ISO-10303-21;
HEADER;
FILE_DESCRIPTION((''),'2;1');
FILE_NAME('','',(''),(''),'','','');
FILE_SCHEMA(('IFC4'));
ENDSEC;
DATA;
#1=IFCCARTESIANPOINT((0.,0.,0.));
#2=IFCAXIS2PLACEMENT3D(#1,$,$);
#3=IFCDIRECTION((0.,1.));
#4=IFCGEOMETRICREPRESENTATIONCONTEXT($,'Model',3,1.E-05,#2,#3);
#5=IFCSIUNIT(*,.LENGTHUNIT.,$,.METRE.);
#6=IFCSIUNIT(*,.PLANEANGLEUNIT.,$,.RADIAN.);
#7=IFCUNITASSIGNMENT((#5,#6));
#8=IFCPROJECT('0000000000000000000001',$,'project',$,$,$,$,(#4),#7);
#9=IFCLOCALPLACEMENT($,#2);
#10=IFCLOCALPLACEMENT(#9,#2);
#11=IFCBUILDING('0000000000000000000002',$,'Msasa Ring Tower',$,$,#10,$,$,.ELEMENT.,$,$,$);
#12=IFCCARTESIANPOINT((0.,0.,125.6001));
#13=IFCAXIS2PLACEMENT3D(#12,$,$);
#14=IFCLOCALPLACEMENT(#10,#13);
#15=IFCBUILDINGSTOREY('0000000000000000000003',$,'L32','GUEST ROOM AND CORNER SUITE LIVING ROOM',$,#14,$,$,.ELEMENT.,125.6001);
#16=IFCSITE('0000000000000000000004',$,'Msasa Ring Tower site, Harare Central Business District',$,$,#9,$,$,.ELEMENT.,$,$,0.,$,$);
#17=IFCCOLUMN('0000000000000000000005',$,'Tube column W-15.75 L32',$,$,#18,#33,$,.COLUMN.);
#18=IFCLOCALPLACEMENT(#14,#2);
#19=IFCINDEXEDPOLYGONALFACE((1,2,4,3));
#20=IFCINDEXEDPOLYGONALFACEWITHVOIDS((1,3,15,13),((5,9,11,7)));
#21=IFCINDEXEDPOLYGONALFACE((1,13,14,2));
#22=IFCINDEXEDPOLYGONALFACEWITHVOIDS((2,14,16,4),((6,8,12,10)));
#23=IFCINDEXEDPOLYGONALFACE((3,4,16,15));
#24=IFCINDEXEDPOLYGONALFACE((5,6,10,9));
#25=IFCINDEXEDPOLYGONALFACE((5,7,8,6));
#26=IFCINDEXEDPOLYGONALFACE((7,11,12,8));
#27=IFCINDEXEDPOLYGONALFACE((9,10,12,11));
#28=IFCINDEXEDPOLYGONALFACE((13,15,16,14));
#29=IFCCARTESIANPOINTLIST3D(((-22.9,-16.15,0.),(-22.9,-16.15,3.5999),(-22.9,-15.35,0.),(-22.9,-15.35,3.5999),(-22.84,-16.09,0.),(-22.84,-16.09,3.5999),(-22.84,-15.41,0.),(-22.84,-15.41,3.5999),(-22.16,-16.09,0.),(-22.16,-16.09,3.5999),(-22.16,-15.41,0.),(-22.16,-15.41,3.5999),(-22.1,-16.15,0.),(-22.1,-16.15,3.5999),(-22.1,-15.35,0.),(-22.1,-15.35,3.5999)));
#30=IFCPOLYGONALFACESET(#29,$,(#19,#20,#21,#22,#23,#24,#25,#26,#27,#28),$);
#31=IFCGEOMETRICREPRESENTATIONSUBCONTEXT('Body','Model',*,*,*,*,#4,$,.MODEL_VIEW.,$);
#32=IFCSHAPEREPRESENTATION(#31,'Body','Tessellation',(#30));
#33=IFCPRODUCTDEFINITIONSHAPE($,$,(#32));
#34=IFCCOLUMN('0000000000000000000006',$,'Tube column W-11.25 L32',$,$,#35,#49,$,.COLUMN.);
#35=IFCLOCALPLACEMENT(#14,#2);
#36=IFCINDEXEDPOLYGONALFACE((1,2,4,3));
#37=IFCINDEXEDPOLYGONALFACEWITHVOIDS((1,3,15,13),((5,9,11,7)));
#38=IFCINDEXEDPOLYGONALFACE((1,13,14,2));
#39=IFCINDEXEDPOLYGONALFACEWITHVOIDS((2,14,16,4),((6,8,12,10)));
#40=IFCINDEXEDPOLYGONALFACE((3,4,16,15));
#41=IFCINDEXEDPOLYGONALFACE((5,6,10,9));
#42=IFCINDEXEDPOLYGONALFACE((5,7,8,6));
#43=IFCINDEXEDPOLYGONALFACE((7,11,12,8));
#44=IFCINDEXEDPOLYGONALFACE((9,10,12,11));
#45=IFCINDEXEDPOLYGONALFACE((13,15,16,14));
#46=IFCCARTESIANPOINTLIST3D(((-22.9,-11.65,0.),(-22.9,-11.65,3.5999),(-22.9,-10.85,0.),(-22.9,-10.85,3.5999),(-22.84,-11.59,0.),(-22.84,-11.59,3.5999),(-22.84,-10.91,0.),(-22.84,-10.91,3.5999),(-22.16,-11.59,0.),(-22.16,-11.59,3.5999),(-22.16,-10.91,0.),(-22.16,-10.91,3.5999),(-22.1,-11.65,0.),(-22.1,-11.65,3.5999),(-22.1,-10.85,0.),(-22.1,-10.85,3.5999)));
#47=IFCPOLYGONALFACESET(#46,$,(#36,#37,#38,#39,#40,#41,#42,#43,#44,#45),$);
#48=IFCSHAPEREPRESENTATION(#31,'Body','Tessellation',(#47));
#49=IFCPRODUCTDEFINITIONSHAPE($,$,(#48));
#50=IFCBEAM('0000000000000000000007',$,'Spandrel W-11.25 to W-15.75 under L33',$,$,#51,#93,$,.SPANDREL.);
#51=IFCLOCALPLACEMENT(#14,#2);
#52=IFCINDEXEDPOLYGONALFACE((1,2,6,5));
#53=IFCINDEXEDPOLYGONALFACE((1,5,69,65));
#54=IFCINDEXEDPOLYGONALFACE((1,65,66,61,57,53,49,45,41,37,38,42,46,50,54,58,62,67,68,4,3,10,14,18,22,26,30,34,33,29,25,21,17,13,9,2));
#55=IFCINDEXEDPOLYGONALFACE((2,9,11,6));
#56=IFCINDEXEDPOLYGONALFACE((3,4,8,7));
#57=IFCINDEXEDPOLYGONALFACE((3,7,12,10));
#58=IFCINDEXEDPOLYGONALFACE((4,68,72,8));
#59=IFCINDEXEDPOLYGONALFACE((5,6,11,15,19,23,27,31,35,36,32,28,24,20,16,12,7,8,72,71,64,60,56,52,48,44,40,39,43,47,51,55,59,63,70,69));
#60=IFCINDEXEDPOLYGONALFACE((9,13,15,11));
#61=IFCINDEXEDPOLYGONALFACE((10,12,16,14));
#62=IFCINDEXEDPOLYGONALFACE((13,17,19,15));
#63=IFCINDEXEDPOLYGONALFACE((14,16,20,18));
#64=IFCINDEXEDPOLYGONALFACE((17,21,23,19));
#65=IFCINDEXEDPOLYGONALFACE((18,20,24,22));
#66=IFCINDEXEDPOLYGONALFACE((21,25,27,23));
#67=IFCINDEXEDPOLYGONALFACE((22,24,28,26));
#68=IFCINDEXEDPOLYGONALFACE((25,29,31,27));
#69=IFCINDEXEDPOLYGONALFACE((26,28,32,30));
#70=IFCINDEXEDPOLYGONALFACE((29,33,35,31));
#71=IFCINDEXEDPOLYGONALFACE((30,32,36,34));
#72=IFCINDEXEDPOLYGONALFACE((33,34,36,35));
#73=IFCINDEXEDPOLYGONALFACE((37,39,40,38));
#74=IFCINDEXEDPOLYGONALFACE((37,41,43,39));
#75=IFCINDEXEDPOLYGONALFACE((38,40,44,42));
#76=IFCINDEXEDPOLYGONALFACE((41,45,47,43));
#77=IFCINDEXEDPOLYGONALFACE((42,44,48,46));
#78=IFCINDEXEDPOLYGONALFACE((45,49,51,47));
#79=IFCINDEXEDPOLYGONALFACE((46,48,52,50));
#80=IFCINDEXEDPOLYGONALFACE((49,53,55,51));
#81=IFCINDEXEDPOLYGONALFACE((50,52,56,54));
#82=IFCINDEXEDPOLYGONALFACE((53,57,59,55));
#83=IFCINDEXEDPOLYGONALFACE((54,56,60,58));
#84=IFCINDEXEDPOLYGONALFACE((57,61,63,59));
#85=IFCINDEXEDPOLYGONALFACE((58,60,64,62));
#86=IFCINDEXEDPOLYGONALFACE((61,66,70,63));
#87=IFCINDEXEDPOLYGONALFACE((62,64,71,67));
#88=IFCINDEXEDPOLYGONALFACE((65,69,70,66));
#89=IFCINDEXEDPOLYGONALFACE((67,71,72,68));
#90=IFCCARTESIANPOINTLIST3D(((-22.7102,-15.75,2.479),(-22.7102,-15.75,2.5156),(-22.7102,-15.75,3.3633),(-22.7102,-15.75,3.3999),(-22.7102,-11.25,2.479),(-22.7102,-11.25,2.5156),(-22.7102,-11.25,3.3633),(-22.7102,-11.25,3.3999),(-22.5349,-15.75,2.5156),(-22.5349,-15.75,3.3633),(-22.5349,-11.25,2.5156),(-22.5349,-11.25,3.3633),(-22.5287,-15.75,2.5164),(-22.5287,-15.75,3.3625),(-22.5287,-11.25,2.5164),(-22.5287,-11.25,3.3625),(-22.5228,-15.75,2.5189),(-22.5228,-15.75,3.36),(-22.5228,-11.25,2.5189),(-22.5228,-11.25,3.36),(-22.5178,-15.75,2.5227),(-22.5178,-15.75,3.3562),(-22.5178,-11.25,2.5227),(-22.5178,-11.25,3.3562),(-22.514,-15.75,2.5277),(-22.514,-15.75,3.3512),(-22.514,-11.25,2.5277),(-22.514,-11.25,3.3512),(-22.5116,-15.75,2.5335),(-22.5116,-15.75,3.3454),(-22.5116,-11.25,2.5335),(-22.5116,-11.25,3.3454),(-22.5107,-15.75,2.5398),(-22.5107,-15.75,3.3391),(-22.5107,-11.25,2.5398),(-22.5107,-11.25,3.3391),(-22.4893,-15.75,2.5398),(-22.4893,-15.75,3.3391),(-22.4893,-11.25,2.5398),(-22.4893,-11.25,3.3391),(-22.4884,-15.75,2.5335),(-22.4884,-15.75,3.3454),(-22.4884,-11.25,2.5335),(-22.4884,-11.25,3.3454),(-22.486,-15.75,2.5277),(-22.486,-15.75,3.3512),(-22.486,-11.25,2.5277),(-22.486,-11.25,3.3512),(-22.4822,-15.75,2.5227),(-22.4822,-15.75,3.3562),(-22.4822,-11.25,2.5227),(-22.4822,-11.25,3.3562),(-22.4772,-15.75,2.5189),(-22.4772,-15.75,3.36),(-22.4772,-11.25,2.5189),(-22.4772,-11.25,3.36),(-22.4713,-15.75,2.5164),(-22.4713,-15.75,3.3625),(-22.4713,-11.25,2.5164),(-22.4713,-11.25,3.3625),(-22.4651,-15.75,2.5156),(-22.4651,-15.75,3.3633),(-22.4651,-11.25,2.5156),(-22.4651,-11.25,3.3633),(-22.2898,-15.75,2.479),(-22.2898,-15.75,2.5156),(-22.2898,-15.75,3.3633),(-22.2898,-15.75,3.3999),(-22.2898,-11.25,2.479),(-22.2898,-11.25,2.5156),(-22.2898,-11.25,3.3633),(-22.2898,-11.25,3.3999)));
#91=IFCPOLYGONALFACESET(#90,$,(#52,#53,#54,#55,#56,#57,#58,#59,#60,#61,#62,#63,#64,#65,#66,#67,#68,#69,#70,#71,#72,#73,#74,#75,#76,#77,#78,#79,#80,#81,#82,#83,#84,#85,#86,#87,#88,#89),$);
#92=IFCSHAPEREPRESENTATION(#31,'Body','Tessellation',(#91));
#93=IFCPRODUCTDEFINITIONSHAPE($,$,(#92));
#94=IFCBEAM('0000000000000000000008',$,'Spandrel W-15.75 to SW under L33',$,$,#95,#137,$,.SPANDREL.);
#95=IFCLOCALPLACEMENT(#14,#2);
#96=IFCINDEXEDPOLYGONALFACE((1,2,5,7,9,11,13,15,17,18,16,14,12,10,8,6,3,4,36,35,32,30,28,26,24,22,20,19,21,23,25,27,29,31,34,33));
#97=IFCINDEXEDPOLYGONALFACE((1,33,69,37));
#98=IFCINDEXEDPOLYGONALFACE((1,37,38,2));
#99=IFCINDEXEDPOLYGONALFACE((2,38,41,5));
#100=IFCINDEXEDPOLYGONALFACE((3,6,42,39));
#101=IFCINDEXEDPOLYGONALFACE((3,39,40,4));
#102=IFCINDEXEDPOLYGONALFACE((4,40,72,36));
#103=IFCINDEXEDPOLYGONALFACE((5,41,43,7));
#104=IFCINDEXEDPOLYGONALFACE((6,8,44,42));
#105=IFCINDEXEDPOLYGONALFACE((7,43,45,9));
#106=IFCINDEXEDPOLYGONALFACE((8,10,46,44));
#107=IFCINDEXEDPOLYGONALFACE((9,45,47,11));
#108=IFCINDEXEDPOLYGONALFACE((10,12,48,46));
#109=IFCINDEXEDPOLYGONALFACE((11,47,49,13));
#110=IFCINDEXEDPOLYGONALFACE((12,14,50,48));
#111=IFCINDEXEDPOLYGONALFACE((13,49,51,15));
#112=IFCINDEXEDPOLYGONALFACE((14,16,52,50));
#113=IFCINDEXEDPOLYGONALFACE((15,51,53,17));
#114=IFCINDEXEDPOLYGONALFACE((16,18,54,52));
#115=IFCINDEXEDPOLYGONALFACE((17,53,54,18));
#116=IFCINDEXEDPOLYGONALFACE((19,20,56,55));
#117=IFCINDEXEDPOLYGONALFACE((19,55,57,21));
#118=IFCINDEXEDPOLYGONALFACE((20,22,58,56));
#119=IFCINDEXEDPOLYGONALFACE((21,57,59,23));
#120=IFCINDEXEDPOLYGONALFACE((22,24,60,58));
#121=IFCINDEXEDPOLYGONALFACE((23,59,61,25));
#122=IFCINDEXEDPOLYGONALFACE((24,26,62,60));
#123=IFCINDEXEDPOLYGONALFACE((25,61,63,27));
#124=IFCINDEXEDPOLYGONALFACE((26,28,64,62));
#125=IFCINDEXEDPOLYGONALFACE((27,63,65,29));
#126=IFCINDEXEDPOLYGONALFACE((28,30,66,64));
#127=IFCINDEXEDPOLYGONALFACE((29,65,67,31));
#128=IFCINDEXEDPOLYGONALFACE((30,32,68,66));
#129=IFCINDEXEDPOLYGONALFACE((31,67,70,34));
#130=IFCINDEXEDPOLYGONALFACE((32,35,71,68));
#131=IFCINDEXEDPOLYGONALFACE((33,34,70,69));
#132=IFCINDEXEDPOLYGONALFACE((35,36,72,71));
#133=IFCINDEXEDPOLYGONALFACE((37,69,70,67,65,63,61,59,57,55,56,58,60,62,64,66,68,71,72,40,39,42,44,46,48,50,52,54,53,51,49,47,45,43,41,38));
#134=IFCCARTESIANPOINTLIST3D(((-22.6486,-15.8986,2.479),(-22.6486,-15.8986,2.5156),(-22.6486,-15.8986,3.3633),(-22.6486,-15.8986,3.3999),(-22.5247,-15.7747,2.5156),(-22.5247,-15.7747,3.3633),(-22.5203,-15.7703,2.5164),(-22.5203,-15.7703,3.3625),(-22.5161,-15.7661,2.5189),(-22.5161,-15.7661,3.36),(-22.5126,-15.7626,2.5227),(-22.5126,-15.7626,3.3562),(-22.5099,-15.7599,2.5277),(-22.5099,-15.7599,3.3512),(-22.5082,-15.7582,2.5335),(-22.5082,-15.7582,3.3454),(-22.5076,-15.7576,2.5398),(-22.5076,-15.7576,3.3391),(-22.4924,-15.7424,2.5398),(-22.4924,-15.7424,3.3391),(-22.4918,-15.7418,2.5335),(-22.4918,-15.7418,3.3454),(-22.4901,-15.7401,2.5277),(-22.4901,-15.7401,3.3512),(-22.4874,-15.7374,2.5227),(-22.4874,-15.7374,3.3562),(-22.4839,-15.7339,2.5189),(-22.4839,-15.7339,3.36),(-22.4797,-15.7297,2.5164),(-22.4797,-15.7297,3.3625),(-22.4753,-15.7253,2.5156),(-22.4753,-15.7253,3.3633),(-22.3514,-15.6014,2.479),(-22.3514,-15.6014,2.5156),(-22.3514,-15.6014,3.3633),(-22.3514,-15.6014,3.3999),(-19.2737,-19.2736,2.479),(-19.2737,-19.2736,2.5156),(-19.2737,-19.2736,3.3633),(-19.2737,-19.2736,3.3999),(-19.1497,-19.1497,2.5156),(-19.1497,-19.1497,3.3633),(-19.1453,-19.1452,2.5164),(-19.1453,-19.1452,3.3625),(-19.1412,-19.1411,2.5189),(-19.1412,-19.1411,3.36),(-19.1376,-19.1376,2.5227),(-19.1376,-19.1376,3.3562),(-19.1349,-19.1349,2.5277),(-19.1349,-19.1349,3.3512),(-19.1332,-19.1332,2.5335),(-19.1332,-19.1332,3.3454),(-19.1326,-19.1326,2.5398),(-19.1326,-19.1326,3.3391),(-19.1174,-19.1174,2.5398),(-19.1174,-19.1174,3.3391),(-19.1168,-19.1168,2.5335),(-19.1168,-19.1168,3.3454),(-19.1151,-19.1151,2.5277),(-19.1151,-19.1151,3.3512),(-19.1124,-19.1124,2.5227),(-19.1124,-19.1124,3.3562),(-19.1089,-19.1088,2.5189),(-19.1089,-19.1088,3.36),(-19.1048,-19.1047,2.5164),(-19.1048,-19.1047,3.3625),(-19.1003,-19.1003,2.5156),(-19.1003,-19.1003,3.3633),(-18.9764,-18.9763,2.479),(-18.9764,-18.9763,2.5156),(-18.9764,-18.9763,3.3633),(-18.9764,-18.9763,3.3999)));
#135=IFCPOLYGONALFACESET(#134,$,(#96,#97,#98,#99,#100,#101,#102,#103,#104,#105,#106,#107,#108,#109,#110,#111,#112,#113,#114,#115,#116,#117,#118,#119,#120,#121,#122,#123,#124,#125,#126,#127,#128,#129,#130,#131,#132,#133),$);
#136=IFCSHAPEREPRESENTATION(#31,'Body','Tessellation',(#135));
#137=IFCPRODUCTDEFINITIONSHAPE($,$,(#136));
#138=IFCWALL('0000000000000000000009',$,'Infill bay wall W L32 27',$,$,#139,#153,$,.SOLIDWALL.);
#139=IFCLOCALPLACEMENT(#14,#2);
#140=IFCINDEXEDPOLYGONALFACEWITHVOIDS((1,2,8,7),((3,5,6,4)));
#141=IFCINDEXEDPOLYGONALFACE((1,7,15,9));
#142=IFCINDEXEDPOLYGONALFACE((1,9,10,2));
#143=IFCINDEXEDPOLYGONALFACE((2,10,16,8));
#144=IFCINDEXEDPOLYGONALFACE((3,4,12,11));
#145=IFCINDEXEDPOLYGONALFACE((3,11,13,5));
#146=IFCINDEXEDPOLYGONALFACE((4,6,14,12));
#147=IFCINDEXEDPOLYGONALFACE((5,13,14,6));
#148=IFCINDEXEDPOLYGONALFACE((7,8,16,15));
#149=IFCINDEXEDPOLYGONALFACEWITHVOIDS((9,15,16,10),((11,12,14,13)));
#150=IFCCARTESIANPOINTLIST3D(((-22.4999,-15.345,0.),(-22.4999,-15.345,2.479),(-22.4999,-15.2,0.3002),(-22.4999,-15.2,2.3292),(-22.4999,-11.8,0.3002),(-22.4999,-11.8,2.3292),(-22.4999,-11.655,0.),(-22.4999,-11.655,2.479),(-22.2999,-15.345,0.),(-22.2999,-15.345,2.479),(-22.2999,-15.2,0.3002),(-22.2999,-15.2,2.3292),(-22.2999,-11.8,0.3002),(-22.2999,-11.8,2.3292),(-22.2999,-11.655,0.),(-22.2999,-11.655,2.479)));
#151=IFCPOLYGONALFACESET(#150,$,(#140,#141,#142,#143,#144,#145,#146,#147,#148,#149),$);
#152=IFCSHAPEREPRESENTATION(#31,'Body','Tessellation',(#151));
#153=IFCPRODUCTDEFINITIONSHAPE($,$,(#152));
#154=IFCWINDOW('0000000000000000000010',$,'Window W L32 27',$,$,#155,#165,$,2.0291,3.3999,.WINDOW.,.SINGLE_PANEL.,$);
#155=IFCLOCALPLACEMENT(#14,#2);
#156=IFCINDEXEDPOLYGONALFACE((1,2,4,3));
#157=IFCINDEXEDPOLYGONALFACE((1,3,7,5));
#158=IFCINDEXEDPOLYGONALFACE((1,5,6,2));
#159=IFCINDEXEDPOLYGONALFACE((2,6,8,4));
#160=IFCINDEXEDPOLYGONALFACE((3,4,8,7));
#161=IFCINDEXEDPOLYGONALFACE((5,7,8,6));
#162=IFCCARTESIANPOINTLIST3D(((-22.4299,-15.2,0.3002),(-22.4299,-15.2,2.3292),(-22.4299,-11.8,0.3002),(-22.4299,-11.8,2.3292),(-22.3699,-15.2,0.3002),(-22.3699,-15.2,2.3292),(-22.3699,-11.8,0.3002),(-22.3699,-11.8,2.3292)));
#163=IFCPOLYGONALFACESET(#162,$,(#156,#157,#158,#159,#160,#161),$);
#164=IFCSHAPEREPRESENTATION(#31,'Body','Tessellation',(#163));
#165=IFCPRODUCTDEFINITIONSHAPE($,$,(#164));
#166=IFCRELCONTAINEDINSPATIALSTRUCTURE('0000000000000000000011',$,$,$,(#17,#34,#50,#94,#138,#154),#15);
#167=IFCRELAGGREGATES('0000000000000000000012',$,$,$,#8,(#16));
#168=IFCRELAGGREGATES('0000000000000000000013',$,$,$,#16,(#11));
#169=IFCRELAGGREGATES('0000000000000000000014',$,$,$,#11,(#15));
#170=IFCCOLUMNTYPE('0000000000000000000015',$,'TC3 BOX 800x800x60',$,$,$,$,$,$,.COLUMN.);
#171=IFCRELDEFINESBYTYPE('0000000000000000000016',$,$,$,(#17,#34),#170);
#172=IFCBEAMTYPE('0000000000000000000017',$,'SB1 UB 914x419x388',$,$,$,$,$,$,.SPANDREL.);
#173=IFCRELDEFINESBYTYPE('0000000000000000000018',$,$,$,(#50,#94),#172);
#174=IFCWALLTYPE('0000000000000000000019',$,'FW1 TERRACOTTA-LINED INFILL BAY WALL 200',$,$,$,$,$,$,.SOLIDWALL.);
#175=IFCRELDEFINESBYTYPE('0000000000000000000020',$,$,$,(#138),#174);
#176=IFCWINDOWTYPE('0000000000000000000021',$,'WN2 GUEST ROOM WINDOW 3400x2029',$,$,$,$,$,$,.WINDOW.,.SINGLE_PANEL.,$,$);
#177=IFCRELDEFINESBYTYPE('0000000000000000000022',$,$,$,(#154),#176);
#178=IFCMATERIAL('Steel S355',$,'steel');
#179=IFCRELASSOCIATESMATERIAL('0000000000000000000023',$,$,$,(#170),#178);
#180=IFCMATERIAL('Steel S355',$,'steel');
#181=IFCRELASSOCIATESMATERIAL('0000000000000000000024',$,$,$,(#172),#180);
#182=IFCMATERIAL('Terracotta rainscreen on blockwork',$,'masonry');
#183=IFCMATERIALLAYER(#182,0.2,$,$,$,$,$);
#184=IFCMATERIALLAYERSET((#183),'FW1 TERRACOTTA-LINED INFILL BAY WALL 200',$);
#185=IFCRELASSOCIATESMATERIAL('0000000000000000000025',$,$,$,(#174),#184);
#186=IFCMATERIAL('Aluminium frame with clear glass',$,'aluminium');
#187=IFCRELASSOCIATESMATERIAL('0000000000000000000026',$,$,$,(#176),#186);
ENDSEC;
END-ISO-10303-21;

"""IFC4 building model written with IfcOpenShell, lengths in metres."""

from ifc_helpers import new_model, si_unit, direction, frame, frame_2d, origin, origin_2d, place, context, subcontext, project, spatial, rectangle, hollow_rectangle, i_section, extrude, material, layer, layer_set, material_profile, profile_set, type_object, element, fill, save


model = new_model("IFC4")

# Units and contexts
model_context = context("Model", 3, precision=1e-05, world=origin(), true_north=direction((0.0, 1.0)))
body_context = subcontext(model_context, "Body", "Model", "MODEL_VIEW")
ifc_project = project(units=[si_unit("LENGTHUNIT", "METRE"), si_unit("PLANEANGLEUNIT", "RADIAN")], contexts=[model_context])

# Site, building, storey
site_placement = place(None, origin())
site = spatial("IfcSite", under=ifc_project, at=site_placement, Name="Msasa Ring Tower site, Harare Central Business District", CompositionType="ELEMENT", RefElevation=0.0)
building_placement = place(site_placement, origin())
building = spatial("IfcBuilding", under=site, at=building_placement, Name="Msasa Ring Tower", CompositionType="ELEMENT")
storey_placement = place(building_placement, frame((0.0, 0.0, 125.6001)))
storey = spatial("IfcBuildingStorey", under=building, at=storey_placement, Name="L32", Description="GUEST ROOM AND CORNER SUITE LIVING ROOM", CompositionType="ELEMENT", Elevation=125.6001)

# Columns
ifc_material_1 = material(Name="Steel S355", Category="steel")
ifc_material_profile_1 = material_profile(ifc_material_1, hollow_rectangle(XDim=0.8, YDim=0.8, WallThickness=0.0601, at=origin_2d()), Name="BOX 800x800x60")
ifc_profile_set_1 = profile_set([ifc_material_profile_1], Name="Steel S355")
column_type = type_object("IfcColumnType", Name="TC3 BOX 800x800x60", PredefinedType="COLUMN", material=ifc_profile_set_1)
for number, where, z_axis, x_axis, name in (
    (1, (-22.5, -15.75, 0.0), (0.0, 0.0, 1.0), (1.0, 0.0, 0.0), "Tube column W-15.75 L32"),
    (2, (-22.5, -11.25, 0.0), (0.0, 0.0, 1.0), (1.0, 0.0, 0.0), "Tube column W-11.25 L32"),
):
    element("IfcColumn", number, at=place(storey_placement, frame(where, z_axis=z_axis, x_axis=x_axis)), inside=storey, type_object=column_type, Name=name, PredefinedType="COLUMN", context=body_context, shape_type="SweptSolid", body=[
        extrude(hollow_rectangle(XDim=0.8, YDim=0.8, WallThickness=0.0601, at=origin_2d()), origin(), (0.0, 0.0, 1.0), 3.5999),
    ])

# Beams
ifc_material_2 = material(Name="Steel S355", Category="steel")
ifc_material_profile_2 = material_profile(ifc_material_2, i_section(OverallWidth=0.4204, OverallDepth=0.9209, WebThickness=0.0215, FlangeThickness=0.0366, FilletRadius=0.0242, at=origin_2d()), Name="UB 914x419x388")
ifc_profile_set_2 = profile_set([ifc_material_profile_2], Name="Steel S355")
beam_type = type_object("IfcBeamType", Name="SB1 UB 914x419x388", PredefinedType="SPANDREL", material=ifc_profile_set_2)
beam_1_placement = place(storey_placement, frame((-22.5, -11.25, 2.9395), z_axis=(0.0, -1.0, 0.0), x_axis=(1.0, 0.0, 0.0)))
element("IfcBeam", 3, at=beam_1_placement, inside=storey, type_object=beam_type, Name="Spandrel W-11.25 to W-15.75 under L33", PredefinedType="SPANDREL", context=body_context, shape_type="SweptSolid", body=[
    extrude(i_section(OverallWidth=0.4204, OverallDepth=0.9209, WebThickness=0.0215, FlangeThickness=0.0366, FilletRadius=0.0242, at=origin_2d()), origin(), (0.0, 0.0, 1.0), 4.5),
])
beam_2_placement = place(storey_placement, frame((-22.5, -15.75, 2.9395), z_axis=(0.707107, -0.707107, 0.0), x_axis=(0.707107, 0.707107, 0.0)))
element("IfcBeam", 4, at=beam_2_placement, inside=storey, type_object=beam_type, Name="Spandrel W-15.75 to SW under L33", PredefinedType="SPANDREL", context=body_context, shape_type="SweptSolid", body=[
    extrude(i_section(OverallWidth=0.4204, OverallDepth=0.9209, WebThickness=0.0215, FlangeThickness=0.0366, FilletRadius=0.0242, at=origin_2d()), origin(), (0.0, 0.0, 1.0), 4.7729),
])

# Wall, opening, window
ifc_material_3 = material(Name="Terracotta rainscreen on blockwork", Category="masonry")
ifc_layer = layer(ifc_material_3, 0.2)
ifc_layer_set = layer_set([ifc_layer], Name="FW1 TERRACOTTA-LINED INFILL BAY WALL 200")
wall_type = type_object("IfcWallType", Name="FW1 TERRACOTTA-LINED INFILL BAY WALL 200", PredefinedType="SOLIDWALL", material=ifc_layer_set)
wall_1_placement = place(storey_placement, frame((-22.3999, -15.345, 0.0), z_axis=(0.0, 0.0, 1.0), x_axis=(0.0, 1.0, 0.0)))
wall_1 = element("IfcWall", 5, at=wall_1_placement, inside=storey, type_object=wall_type, Name="Infill bay wall W L32 27", PredefinedType="SOLIDWALL", context=body_context, shape_type="SweptSolid", body=[
    extrude(rectangle(XDim=3.6899, YDim=0.2, at=frame_2d((1.845, 0.0))), origin(), (0.0, 0.0, 1.0), 2.479),
])
opening_1_placement = place(wall_1_placement, frame((0.145, 0.0, 0.3)))
opening_1 = element("IfcOpeningElement", 6, at=opening_1_placement, cuts=wall_1, PredefinedType="OPENING", context=body_context, shape_type="SweptSolid", body=[
    extrude(rectangle(XDim=3.3999, YDim=2.0291, at=frame_2d((1.7, 1.0146))), frame((0.0, 0.1099, 0.0), z_axis=(0.0, -1.0, 0.0), x_axis=(1.0, 0.0, 0.0)), (0.0, 0.0, 1.0), 0.22),
])
ifc_material_4 = material(Name="Aluminium frame with clear glass", Category="aluminium")
window_type = type_object("IfcWindowType", Name="WN2 GUEST ROOM WINDOW 3400x2029", PartitioningType="SINGLE_PANEL", PredefinedType="WINDOW", material=ifc_material_4)
window_1_placement = place(opening_1_placement, origin())
window_1 = element("IfcWindow", 7, at=window_1_placement, inside=storey, type_object=window_type, Name="Window W L32 27", OverallHeight=2.0291, OverallWidth=3.3999, PartitioningType="SINGLE_PANEL", PredefinedType="WINDOW", context=body_context, shape_type="SweptSolid", body=[
    extrude(rectangle(XDim=3.3999, YDim=2.0291, at=frame_2d((1.7, 1.0146))), frame((0.0, 0.03, 0.0), z_axis=(0.0, -1.0, 0.0), x_axis=(1.0, 0.0, 0.0)), (0.0, 0.0, 1.0), 0.0601),
])
fill(opening_1, window_1)

save(model, "model.ifc")
